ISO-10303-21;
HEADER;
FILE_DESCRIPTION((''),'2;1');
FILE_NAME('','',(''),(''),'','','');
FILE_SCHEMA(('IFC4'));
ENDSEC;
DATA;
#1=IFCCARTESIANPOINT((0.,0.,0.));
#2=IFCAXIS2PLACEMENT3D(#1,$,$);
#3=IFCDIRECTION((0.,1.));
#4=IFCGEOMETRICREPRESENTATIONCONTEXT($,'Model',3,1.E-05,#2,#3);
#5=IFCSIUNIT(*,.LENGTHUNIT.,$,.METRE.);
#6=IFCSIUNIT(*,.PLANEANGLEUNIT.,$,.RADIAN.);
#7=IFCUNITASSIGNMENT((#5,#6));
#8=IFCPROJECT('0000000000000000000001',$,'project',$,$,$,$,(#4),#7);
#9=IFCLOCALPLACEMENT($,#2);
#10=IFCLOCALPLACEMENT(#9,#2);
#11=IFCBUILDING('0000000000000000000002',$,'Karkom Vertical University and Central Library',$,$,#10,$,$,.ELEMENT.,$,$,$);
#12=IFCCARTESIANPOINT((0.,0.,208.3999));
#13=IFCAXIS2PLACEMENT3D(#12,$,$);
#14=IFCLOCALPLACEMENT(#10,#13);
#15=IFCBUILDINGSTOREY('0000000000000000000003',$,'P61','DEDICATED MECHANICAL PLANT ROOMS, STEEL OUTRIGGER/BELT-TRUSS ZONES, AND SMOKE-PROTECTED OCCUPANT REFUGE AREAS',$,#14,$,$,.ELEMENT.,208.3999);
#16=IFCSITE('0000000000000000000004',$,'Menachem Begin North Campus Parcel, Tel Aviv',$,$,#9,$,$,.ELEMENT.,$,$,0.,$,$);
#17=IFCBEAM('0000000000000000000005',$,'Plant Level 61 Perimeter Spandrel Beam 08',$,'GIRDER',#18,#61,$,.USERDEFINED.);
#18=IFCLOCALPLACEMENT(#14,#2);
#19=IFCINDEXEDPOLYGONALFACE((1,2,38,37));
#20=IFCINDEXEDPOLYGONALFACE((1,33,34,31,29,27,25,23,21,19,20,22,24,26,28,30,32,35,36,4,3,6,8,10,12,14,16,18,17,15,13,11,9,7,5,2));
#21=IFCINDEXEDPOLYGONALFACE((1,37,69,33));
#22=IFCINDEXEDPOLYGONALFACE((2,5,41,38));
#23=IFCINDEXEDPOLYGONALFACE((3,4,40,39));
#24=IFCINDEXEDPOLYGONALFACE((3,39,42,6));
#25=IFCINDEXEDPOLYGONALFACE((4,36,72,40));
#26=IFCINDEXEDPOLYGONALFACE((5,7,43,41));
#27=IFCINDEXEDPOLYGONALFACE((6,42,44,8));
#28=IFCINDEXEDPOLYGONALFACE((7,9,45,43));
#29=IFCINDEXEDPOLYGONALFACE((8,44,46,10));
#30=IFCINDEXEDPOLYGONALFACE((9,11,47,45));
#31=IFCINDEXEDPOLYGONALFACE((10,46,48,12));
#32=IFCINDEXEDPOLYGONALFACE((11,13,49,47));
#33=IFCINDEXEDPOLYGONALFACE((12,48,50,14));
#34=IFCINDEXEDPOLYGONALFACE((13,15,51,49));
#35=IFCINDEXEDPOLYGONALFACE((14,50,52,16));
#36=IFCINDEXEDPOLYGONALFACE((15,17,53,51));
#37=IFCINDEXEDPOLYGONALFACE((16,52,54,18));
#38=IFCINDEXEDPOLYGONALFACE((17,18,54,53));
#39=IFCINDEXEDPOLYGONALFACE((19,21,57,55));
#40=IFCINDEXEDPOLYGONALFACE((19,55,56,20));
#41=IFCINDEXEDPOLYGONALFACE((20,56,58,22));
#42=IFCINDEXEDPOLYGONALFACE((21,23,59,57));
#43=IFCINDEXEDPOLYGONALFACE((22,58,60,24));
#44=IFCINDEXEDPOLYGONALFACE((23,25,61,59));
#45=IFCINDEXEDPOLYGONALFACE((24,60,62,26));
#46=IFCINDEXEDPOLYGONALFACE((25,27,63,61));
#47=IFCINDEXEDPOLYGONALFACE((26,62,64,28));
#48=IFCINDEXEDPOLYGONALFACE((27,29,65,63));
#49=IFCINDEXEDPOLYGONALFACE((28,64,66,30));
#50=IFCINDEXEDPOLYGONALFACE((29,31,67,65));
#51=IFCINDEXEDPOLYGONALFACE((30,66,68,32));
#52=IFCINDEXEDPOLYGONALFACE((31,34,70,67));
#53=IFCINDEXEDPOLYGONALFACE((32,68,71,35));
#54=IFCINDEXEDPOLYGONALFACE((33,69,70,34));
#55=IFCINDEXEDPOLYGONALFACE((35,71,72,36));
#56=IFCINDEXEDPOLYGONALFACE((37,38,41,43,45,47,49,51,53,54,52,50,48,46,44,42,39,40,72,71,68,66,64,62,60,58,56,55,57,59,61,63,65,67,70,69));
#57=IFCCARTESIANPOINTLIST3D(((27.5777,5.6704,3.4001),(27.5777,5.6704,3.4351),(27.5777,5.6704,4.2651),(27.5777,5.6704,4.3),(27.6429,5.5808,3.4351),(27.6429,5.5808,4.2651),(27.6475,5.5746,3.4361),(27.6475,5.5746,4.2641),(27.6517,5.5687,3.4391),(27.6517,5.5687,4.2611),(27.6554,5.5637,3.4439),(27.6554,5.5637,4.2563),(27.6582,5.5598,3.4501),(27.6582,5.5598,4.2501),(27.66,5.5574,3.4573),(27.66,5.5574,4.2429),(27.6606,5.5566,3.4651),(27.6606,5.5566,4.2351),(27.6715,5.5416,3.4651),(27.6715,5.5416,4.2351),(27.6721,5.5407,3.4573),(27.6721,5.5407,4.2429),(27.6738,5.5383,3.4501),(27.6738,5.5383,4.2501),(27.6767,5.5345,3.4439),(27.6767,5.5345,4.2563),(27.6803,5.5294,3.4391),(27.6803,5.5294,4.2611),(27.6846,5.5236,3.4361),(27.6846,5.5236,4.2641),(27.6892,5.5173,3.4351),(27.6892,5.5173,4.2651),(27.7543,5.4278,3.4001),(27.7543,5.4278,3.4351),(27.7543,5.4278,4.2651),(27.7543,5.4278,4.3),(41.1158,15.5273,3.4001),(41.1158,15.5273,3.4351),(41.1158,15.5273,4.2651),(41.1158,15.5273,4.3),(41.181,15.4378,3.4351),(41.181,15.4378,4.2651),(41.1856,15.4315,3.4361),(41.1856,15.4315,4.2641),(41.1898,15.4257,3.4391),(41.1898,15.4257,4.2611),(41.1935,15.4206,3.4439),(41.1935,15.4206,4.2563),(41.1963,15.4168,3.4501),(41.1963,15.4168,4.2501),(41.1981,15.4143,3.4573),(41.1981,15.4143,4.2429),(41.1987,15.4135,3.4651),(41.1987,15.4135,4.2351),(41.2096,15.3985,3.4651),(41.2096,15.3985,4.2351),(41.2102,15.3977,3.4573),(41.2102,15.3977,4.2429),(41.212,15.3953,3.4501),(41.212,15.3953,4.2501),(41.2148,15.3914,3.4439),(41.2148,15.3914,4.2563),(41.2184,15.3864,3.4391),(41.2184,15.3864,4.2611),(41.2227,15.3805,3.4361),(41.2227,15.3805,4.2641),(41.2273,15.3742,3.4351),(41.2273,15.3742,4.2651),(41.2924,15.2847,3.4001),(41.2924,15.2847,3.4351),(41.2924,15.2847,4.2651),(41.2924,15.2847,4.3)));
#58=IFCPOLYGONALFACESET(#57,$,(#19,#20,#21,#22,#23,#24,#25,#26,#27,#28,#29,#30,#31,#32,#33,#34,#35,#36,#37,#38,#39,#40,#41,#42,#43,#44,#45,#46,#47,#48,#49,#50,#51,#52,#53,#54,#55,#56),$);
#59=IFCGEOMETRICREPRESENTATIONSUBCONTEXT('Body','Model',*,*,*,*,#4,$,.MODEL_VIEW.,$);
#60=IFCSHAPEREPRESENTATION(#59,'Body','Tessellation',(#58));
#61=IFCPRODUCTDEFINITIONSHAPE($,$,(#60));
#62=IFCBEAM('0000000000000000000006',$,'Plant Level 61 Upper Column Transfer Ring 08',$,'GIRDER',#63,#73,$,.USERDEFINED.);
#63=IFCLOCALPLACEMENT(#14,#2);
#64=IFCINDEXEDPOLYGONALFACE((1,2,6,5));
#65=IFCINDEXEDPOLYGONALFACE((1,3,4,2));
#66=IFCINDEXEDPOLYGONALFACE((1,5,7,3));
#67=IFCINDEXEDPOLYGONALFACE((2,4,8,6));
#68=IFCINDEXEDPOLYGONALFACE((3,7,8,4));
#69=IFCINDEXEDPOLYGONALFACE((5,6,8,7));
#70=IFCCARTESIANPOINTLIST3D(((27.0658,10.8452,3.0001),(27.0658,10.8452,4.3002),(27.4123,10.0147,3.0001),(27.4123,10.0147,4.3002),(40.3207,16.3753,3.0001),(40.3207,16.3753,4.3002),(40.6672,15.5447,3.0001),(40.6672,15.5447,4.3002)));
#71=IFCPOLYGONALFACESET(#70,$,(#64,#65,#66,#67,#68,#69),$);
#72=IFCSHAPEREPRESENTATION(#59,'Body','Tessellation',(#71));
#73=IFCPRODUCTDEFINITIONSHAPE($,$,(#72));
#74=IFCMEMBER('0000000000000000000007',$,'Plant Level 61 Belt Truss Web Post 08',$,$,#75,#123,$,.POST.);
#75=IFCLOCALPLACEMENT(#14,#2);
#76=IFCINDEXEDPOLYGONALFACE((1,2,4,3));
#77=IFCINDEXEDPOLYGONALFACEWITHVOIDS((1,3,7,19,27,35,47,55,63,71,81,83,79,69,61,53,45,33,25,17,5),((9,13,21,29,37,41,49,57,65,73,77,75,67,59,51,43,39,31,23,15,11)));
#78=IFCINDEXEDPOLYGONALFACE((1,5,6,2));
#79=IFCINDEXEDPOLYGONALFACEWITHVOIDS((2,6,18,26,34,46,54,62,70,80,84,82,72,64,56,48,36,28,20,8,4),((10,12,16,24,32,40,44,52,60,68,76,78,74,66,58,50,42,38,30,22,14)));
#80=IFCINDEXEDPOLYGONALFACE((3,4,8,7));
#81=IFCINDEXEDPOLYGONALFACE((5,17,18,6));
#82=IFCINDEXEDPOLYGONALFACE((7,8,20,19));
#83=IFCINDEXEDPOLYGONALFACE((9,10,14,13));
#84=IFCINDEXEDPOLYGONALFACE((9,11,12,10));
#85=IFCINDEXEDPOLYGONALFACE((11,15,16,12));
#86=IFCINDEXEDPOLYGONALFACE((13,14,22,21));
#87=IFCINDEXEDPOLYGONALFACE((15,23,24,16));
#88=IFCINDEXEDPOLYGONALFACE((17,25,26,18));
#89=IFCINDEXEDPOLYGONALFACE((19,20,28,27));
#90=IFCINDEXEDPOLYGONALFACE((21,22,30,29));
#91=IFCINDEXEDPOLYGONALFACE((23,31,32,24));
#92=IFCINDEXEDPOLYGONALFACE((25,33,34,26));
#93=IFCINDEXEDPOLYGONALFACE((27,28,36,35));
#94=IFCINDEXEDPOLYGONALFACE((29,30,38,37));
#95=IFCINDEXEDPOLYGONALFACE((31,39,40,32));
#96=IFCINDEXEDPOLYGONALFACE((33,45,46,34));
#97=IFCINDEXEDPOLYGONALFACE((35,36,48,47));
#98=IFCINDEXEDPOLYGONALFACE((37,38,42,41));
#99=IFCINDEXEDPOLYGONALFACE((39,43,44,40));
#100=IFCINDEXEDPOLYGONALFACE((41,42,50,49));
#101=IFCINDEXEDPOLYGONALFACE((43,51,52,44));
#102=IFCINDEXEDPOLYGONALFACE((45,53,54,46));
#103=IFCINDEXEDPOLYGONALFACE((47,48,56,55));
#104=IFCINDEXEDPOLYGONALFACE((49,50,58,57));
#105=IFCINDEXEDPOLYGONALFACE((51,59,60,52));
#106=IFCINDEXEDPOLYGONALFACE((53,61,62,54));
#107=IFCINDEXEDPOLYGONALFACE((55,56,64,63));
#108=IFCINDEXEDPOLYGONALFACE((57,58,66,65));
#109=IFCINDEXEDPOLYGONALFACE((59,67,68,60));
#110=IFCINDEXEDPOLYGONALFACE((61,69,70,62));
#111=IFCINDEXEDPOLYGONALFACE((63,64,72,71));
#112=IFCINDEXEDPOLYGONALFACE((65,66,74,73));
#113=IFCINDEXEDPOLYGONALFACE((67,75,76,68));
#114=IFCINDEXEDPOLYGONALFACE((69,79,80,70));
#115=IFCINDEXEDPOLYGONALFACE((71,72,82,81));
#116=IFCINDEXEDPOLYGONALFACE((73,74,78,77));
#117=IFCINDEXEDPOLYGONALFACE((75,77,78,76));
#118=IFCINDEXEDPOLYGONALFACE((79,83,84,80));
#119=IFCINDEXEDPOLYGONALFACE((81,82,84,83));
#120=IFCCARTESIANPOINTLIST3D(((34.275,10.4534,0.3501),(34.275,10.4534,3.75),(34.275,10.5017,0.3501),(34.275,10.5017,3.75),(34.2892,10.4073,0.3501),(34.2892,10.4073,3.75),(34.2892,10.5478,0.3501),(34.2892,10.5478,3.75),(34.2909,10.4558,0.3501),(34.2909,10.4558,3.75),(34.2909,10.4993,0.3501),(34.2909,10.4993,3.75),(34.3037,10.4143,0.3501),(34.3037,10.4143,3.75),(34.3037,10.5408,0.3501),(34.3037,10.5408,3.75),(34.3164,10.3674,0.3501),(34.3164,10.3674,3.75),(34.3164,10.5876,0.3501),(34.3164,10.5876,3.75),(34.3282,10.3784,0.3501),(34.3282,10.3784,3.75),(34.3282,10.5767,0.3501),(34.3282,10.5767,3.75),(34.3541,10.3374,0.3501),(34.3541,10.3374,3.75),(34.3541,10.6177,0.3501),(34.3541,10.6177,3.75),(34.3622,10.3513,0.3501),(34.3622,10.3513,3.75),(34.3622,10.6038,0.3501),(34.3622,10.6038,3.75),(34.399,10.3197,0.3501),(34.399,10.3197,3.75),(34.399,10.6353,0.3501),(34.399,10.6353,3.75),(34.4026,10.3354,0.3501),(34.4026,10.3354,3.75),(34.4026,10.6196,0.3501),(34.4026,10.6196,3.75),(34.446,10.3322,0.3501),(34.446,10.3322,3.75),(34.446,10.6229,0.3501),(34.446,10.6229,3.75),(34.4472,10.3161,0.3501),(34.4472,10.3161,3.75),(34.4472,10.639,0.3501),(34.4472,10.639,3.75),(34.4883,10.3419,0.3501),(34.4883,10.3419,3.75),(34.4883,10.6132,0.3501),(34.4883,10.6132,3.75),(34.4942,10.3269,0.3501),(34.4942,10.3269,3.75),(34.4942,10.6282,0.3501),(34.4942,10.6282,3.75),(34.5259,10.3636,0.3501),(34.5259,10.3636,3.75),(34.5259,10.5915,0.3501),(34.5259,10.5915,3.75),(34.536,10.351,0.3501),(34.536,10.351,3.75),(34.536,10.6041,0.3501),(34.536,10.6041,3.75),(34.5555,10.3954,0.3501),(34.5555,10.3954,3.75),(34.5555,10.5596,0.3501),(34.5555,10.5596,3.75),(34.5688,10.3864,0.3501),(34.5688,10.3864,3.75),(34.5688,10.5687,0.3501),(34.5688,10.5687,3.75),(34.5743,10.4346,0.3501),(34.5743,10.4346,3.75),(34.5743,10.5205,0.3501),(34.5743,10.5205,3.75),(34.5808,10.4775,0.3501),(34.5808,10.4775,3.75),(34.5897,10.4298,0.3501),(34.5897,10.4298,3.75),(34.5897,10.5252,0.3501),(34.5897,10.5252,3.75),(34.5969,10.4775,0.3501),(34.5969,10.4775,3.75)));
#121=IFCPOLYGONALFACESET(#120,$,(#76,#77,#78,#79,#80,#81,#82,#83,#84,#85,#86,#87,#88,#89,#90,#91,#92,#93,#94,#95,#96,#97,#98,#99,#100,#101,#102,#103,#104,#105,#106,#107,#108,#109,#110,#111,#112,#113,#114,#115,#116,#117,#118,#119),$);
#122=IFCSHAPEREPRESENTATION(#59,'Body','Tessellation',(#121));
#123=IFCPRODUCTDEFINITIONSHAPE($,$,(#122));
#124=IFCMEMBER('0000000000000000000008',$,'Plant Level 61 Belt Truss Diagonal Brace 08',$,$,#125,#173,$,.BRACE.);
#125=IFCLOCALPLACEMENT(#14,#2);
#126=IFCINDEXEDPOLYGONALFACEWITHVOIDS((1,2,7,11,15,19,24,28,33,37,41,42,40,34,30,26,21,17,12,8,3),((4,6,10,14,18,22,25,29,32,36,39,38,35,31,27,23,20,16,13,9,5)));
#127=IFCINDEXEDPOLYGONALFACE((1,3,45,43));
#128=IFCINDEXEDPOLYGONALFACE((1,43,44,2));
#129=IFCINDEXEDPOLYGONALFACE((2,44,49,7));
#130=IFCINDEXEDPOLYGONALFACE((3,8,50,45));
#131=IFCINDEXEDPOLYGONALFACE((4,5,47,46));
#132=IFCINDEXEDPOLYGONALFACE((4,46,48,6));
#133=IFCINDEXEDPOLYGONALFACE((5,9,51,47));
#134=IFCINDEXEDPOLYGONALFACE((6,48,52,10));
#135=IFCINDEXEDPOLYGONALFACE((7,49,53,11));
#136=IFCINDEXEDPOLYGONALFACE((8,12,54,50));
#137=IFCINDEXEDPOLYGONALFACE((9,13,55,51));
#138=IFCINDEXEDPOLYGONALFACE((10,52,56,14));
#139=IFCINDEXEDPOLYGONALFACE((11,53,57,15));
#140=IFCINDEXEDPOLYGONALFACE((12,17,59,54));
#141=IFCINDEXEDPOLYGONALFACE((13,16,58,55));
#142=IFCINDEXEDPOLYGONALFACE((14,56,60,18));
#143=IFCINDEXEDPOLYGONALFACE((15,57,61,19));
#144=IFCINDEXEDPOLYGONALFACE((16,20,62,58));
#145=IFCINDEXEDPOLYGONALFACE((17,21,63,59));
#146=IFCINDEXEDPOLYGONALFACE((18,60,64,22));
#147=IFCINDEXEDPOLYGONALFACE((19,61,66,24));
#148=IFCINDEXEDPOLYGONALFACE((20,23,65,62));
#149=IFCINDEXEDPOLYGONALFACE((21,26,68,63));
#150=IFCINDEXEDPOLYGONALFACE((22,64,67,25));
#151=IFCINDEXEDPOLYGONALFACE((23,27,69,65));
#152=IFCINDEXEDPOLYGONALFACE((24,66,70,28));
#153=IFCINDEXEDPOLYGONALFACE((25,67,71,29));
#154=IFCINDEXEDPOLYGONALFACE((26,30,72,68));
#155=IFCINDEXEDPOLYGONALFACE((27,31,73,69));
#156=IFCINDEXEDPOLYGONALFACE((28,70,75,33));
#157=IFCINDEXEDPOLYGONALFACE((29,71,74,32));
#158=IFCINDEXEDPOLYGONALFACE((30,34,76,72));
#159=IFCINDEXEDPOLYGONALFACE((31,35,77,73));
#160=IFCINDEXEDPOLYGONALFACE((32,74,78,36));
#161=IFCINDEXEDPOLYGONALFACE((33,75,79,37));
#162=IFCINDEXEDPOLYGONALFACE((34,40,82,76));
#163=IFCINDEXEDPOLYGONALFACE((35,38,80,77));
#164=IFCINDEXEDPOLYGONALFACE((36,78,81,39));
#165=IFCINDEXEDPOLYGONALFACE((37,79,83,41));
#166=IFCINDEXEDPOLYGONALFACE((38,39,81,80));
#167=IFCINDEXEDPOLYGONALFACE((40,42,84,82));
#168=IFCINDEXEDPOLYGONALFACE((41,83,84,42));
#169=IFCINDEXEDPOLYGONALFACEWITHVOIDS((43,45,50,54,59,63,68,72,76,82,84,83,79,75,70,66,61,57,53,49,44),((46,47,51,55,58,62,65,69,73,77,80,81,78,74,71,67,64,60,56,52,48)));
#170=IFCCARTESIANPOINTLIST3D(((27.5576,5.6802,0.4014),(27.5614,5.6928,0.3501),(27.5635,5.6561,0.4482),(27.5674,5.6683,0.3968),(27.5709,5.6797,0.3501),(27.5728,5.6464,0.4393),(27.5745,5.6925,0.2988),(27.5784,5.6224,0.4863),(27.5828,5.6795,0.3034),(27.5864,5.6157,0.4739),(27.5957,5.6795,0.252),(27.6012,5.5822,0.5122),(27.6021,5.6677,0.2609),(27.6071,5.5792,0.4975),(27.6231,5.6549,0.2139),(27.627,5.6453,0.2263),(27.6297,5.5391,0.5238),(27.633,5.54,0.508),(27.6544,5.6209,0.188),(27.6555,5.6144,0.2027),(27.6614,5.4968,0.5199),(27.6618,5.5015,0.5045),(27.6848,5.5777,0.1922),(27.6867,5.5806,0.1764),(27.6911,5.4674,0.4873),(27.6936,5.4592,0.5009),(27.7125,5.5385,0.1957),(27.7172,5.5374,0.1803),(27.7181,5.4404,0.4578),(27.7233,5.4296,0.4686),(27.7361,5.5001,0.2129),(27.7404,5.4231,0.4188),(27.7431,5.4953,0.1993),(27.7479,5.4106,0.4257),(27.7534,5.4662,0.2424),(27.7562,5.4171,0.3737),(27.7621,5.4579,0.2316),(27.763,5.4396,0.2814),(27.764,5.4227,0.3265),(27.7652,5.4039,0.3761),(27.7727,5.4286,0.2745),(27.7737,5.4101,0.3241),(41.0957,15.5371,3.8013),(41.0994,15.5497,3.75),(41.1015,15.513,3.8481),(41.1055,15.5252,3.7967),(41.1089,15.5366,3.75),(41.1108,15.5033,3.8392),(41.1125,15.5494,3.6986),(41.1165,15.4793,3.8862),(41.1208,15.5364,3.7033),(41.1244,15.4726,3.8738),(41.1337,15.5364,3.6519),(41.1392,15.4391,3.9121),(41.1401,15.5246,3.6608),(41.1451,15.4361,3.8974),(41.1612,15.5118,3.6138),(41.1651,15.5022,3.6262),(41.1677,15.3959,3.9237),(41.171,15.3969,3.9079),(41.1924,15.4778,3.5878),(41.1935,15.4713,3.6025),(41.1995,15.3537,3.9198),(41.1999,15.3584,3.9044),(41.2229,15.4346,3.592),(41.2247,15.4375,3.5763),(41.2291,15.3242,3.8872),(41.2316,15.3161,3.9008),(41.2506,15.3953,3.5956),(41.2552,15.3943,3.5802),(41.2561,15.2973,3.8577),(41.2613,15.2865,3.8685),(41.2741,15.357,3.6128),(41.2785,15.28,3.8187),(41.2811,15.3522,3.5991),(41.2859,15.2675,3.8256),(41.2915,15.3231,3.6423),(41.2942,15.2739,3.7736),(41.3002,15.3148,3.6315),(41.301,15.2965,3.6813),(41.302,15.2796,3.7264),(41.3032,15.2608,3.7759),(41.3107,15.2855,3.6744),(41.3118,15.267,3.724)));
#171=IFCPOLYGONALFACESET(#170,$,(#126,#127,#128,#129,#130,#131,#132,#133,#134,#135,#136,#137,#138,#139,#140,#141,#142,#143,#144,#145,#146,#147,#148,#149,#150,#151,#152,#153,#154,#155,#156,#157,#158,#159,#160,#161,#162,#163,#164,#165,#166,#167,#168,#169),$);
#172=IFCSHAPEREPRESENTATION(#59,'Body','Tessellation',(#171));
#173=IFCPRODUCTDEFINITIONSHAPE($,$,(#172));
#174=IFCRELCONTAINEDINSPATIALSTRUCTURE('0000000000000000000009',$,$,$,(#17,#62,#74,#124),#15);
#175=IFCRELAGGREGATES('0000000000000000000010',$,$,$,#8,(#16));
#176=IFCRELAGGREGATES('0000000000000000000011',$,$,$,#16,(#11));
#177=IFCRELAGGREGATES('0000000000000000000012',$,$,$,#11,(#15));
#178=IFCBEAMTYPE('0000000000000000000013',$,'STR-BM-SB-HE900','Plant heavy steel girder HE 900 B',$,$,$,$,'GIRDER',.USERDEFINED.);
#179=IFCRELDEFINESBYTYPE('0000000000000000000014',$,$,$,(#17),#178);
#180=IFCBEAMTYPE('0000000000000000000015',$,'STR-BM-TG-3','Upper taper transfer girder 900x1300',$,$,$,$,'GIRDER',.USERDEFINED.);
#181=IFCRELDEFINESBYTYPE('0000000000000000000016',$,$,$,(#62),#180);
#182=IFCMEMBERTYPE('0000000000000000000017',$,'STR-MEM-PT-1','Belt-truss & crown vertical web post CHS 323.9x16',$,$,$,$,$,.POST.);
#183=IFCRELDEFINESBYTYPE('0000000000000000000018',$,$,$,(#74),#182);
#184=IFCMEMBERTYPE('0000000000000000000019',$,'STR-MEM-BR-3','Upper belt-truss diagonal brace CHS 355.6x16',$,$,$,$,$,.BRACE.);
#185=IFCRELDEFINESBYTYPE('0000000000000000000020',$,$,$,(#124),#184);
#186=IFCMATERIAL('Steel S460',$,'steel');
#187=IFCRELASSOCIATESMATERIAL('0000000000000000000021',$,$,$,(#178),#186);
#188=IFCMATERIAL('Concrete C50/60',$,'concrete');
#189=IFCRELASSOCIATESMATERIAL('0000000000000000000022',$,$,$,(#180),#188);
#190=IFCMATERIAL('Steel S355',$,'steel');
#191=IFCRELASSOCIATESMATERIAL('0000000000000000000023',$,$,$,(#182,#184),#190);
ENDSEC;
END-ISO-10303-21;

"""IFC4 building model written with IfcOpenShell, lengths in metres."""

from ifc_helpers import new_model, si_unit, direction, frame, origin, origin_with_axes, origin_2d, place, context, subcontext, project, spatial, rectangle, hollow_circle, i_section, extrude, source, transform, mapped, material, material_profile, profile_set, type_object, element, save


model = new_model("IFC4")

# Units and contexts
model_context = context("Model", 3, precision=1e-05, world=origin(), true_north=direction((0.0, 1.0)))
body_context = subcontext(model_context, "Body", "Model", "MODEL_VIEW")
ifc_project = project(units=[si_unit("LENGTHUNIT", "METRE"), si_unit("PLANEANGLEUNIT", "RADIAN")], contexts=[model_context])

# Site, building, storey
site_placement = place(None, origin())
site = spatial("IfcSite", under=ifc_project, at=site_placement, Name="Menachem Begin North Campus Parcel, Tel Aviv", CompositionType="ELEMENT", RefElevation=0.0)
building_placement = place(site_placement, origin())
building = spatial("IfcBuilding", under=site, at=building_placement, Name="Karkom Vertical University and Central Library", CompositionType="ELEMENT")
storey_placement = place(building_placement, frame((0.0, 0.0, 208.3999)))
storey = spatial("IfcBuildingStorey", under=building, at=storey_placement, Name="P61", Description="DEDICATED MECHANICAL PLANT ROOMS, STEEL OUTRIGGER/BELT-TRUSS ZONES, AND SMOKE-PROTECTED OCCUPANT REFUGE AREAS", CompositionType="ELEMENT", Elevation=208.3999)

# Shared definitions
ifc_material_1 = material(Name="Concrete C50/60", Category="concrete")

# Beams
ifc_material_2 = material(Name="Steel S355", Category="steel")
ifc_material_3 = material(Name="Steel S460", Category="steel")
ifc_material_profile_1 = material_profile(ifc_material_3, i_section(OverallWidth=0.3, OverallDepth=0.8999, WebThickness=0.0186, FlangeThickness=0.0349, FilletRadius=0.03, at=origin_2d()), Name="HE 900 B")
ifc_profile_set_1 = profile_set([ifc_material_profile_1], Name="Steel S460")
beam_type_1 = type_object("IfcBeamType", Name="STR-BM-SB-HE900", Description="Plant heavy steel girder HE 900 B", ElementType="GIRDER", PredefinedType="USERDEFINED", material=ifc_profile_set_1)
shared_shape_1 = source(origin_with_axes(), body_context, "Body", "SweptSolid", [
    extrude(i_section(OverallWidth=0.3, OverallDepth=0.8999, WebThickness=0.0186, FlangeThickness=0.0349, FilletRadius=0.03, at=origin_2d()), origin(), (0.0, 0.0, 1.0), 16.7463),
])
beam_1_placement = place(storey_placement, frame((27.666, 5.5491, 3.8501), z_axis=(0.808422, 0.588603, 0.0), x_axis=(-0.588603, 0.808422, 0.0)))
element("IfcBeam", 1, at=beam_1_placement, inside=storey, type_object=beam_type_1, Name="Plant Level 61 Perimeter Spandrel Beam 08", ObjectType="GIRDER", PredefinedType="USERDEFINED", context=body_context, shape_type="MappedRepresentation", body=[
    mapped(shared_shape_1, transform((0.0, 0.0, 0.0), scale=1.0)),
])
ifc_material_profile_2 = material_profile(ifc_material_1, rectangle(XDim=0.8999, YDim=1.3, at=origin_2d()), Name="TG-900x1300")
ifc_profile_set_2 = profile_set([ifc_material_profile_2], Name="Concrete C50/60")
beam_type_2 = type_object("IfcBeamType", Name="STR-BM-TG-3", Description="Upper taper transfer girder 900x1300", ElementType="GIRDER", PredefinedType="USERDEFINED", material=ifc_profile_set_2)
shared_shape_2 = source(origin_with_axes(), body_context, "Body", "SweptSolid", [
    extrude(rectangle(XDim=0.8999, YDim=1.3, at=origin_2d()), origin(), (0.0, 0.0, 1.0), 14.3623),
])
beam_2_placement = place(storey_placement, frame((27.239, 10.4299, 3.6501), z_axis=(0.9229, 0.38504, 0.0), x_axis=(-0.38504, 0.9229, 0.0)))
element("IfcBeam", 2, at=beam_2_placement, inside=storey, type_object=beam_type_2, Name="Plant Level 61 Upper Column Transfer Ring 08", ObjectType="GIRDER", PredefinedType="USERDEFINED", context=body_context, shape_type="MappedRepresentation", body=[
    mapped(shared_shape_2, transform((0.0, 0.0, 0.0), scale=1.0)),
])

# Members
ifc_material_profile_3 = material_profile(ifc_material_2, hollow_circle(Radius=0.1619, WallThickness=0.0161, at=origin_2d()), Name="CHS 323.9x16")
ifc_profile_set_3 = profile_set([ifc_material_profile_3], Name="Steel S355")
member_type_1 = type_object("IfcMemberType", Name="STR-MEM-PT-1", Description="Belt-truss & crown vertical web post CHS 323.9x16", PredefinedType="POST", material=ifc_profile_set_3)
shared_shape_3 = source(origin_with_axes(), body_context, "Body", "SweptSolid", [
    extrude(hollow_circle(Radius=0.1619, WallThickness=0.0161, at=origin_2d()), origin(), (0.0, 0.0, 1.0), 3.3999),
])
member_1_placement = place(storey_placement, frame((34.4351, 10.4775, 0.3501), z_axis=(0.0, 0.0, 1.0), x_axis=(1.0, 0.0, 0.0)))
element("IfcMember", 3, at=member_1_placement, inside=storey, type_object=member_type_1, Name="Plant Level 61 Belt Truss Web Post 08", PredefinedType="POST", context=body_context, shape_type="MappedRepresentation", body=[
    mapped(shared_shape_3, transform((0.0, 0.0, 0.0), scale=1.0)),
])
ifc_material_profile_4 = material_profile(ifc_material_2, hollow_circle(Radius=0.1777, WallThickness=0.0161, at=origin_2d()), Name="CHS 355.6x16")
ifc_profile_set_4 = profile_set([ifc_material_profile_4], Name="Steel S355")
member_type_2 = type_object("IfcMemberType", Name="STR-MEM-BR-3", Description="Upper belt-truss diagonal brace CHS 355.6x16", PredefinedType="BRACE", material=ifc_profile_set_4)
shared_shape_4 = source(origin_with_axes(), body_context, "Body", "SweptSolid", [
    extrude(hollow_circle(Radius=0.1777, WallThickness=0.0161, at=origin_2d()), origin(), (0.0, 0.0, 1.0), 17.0879),
])
member_2_placement = place(storey_placement, frame((27.666, 5.5491, 0.3501), z_axis=(0.792259, 0.576835, 0.198965), x_axis=(-0.588603, 0.808422, 0.0)))
element("IfcMember", 4, at=member_2_placement, inside=storey, type_object=member_type_2, Name="Plant Level 61 Belt Truss Diagonal Brace 08", PredefinedType="BRACE", context=body_context, shape_type="MappedRepresentation", body=[
    mapped(shared_shape_4, transform((0.0, 0.0, 0.0), scale=1.0)),
])

save(model, "model.ifc")
